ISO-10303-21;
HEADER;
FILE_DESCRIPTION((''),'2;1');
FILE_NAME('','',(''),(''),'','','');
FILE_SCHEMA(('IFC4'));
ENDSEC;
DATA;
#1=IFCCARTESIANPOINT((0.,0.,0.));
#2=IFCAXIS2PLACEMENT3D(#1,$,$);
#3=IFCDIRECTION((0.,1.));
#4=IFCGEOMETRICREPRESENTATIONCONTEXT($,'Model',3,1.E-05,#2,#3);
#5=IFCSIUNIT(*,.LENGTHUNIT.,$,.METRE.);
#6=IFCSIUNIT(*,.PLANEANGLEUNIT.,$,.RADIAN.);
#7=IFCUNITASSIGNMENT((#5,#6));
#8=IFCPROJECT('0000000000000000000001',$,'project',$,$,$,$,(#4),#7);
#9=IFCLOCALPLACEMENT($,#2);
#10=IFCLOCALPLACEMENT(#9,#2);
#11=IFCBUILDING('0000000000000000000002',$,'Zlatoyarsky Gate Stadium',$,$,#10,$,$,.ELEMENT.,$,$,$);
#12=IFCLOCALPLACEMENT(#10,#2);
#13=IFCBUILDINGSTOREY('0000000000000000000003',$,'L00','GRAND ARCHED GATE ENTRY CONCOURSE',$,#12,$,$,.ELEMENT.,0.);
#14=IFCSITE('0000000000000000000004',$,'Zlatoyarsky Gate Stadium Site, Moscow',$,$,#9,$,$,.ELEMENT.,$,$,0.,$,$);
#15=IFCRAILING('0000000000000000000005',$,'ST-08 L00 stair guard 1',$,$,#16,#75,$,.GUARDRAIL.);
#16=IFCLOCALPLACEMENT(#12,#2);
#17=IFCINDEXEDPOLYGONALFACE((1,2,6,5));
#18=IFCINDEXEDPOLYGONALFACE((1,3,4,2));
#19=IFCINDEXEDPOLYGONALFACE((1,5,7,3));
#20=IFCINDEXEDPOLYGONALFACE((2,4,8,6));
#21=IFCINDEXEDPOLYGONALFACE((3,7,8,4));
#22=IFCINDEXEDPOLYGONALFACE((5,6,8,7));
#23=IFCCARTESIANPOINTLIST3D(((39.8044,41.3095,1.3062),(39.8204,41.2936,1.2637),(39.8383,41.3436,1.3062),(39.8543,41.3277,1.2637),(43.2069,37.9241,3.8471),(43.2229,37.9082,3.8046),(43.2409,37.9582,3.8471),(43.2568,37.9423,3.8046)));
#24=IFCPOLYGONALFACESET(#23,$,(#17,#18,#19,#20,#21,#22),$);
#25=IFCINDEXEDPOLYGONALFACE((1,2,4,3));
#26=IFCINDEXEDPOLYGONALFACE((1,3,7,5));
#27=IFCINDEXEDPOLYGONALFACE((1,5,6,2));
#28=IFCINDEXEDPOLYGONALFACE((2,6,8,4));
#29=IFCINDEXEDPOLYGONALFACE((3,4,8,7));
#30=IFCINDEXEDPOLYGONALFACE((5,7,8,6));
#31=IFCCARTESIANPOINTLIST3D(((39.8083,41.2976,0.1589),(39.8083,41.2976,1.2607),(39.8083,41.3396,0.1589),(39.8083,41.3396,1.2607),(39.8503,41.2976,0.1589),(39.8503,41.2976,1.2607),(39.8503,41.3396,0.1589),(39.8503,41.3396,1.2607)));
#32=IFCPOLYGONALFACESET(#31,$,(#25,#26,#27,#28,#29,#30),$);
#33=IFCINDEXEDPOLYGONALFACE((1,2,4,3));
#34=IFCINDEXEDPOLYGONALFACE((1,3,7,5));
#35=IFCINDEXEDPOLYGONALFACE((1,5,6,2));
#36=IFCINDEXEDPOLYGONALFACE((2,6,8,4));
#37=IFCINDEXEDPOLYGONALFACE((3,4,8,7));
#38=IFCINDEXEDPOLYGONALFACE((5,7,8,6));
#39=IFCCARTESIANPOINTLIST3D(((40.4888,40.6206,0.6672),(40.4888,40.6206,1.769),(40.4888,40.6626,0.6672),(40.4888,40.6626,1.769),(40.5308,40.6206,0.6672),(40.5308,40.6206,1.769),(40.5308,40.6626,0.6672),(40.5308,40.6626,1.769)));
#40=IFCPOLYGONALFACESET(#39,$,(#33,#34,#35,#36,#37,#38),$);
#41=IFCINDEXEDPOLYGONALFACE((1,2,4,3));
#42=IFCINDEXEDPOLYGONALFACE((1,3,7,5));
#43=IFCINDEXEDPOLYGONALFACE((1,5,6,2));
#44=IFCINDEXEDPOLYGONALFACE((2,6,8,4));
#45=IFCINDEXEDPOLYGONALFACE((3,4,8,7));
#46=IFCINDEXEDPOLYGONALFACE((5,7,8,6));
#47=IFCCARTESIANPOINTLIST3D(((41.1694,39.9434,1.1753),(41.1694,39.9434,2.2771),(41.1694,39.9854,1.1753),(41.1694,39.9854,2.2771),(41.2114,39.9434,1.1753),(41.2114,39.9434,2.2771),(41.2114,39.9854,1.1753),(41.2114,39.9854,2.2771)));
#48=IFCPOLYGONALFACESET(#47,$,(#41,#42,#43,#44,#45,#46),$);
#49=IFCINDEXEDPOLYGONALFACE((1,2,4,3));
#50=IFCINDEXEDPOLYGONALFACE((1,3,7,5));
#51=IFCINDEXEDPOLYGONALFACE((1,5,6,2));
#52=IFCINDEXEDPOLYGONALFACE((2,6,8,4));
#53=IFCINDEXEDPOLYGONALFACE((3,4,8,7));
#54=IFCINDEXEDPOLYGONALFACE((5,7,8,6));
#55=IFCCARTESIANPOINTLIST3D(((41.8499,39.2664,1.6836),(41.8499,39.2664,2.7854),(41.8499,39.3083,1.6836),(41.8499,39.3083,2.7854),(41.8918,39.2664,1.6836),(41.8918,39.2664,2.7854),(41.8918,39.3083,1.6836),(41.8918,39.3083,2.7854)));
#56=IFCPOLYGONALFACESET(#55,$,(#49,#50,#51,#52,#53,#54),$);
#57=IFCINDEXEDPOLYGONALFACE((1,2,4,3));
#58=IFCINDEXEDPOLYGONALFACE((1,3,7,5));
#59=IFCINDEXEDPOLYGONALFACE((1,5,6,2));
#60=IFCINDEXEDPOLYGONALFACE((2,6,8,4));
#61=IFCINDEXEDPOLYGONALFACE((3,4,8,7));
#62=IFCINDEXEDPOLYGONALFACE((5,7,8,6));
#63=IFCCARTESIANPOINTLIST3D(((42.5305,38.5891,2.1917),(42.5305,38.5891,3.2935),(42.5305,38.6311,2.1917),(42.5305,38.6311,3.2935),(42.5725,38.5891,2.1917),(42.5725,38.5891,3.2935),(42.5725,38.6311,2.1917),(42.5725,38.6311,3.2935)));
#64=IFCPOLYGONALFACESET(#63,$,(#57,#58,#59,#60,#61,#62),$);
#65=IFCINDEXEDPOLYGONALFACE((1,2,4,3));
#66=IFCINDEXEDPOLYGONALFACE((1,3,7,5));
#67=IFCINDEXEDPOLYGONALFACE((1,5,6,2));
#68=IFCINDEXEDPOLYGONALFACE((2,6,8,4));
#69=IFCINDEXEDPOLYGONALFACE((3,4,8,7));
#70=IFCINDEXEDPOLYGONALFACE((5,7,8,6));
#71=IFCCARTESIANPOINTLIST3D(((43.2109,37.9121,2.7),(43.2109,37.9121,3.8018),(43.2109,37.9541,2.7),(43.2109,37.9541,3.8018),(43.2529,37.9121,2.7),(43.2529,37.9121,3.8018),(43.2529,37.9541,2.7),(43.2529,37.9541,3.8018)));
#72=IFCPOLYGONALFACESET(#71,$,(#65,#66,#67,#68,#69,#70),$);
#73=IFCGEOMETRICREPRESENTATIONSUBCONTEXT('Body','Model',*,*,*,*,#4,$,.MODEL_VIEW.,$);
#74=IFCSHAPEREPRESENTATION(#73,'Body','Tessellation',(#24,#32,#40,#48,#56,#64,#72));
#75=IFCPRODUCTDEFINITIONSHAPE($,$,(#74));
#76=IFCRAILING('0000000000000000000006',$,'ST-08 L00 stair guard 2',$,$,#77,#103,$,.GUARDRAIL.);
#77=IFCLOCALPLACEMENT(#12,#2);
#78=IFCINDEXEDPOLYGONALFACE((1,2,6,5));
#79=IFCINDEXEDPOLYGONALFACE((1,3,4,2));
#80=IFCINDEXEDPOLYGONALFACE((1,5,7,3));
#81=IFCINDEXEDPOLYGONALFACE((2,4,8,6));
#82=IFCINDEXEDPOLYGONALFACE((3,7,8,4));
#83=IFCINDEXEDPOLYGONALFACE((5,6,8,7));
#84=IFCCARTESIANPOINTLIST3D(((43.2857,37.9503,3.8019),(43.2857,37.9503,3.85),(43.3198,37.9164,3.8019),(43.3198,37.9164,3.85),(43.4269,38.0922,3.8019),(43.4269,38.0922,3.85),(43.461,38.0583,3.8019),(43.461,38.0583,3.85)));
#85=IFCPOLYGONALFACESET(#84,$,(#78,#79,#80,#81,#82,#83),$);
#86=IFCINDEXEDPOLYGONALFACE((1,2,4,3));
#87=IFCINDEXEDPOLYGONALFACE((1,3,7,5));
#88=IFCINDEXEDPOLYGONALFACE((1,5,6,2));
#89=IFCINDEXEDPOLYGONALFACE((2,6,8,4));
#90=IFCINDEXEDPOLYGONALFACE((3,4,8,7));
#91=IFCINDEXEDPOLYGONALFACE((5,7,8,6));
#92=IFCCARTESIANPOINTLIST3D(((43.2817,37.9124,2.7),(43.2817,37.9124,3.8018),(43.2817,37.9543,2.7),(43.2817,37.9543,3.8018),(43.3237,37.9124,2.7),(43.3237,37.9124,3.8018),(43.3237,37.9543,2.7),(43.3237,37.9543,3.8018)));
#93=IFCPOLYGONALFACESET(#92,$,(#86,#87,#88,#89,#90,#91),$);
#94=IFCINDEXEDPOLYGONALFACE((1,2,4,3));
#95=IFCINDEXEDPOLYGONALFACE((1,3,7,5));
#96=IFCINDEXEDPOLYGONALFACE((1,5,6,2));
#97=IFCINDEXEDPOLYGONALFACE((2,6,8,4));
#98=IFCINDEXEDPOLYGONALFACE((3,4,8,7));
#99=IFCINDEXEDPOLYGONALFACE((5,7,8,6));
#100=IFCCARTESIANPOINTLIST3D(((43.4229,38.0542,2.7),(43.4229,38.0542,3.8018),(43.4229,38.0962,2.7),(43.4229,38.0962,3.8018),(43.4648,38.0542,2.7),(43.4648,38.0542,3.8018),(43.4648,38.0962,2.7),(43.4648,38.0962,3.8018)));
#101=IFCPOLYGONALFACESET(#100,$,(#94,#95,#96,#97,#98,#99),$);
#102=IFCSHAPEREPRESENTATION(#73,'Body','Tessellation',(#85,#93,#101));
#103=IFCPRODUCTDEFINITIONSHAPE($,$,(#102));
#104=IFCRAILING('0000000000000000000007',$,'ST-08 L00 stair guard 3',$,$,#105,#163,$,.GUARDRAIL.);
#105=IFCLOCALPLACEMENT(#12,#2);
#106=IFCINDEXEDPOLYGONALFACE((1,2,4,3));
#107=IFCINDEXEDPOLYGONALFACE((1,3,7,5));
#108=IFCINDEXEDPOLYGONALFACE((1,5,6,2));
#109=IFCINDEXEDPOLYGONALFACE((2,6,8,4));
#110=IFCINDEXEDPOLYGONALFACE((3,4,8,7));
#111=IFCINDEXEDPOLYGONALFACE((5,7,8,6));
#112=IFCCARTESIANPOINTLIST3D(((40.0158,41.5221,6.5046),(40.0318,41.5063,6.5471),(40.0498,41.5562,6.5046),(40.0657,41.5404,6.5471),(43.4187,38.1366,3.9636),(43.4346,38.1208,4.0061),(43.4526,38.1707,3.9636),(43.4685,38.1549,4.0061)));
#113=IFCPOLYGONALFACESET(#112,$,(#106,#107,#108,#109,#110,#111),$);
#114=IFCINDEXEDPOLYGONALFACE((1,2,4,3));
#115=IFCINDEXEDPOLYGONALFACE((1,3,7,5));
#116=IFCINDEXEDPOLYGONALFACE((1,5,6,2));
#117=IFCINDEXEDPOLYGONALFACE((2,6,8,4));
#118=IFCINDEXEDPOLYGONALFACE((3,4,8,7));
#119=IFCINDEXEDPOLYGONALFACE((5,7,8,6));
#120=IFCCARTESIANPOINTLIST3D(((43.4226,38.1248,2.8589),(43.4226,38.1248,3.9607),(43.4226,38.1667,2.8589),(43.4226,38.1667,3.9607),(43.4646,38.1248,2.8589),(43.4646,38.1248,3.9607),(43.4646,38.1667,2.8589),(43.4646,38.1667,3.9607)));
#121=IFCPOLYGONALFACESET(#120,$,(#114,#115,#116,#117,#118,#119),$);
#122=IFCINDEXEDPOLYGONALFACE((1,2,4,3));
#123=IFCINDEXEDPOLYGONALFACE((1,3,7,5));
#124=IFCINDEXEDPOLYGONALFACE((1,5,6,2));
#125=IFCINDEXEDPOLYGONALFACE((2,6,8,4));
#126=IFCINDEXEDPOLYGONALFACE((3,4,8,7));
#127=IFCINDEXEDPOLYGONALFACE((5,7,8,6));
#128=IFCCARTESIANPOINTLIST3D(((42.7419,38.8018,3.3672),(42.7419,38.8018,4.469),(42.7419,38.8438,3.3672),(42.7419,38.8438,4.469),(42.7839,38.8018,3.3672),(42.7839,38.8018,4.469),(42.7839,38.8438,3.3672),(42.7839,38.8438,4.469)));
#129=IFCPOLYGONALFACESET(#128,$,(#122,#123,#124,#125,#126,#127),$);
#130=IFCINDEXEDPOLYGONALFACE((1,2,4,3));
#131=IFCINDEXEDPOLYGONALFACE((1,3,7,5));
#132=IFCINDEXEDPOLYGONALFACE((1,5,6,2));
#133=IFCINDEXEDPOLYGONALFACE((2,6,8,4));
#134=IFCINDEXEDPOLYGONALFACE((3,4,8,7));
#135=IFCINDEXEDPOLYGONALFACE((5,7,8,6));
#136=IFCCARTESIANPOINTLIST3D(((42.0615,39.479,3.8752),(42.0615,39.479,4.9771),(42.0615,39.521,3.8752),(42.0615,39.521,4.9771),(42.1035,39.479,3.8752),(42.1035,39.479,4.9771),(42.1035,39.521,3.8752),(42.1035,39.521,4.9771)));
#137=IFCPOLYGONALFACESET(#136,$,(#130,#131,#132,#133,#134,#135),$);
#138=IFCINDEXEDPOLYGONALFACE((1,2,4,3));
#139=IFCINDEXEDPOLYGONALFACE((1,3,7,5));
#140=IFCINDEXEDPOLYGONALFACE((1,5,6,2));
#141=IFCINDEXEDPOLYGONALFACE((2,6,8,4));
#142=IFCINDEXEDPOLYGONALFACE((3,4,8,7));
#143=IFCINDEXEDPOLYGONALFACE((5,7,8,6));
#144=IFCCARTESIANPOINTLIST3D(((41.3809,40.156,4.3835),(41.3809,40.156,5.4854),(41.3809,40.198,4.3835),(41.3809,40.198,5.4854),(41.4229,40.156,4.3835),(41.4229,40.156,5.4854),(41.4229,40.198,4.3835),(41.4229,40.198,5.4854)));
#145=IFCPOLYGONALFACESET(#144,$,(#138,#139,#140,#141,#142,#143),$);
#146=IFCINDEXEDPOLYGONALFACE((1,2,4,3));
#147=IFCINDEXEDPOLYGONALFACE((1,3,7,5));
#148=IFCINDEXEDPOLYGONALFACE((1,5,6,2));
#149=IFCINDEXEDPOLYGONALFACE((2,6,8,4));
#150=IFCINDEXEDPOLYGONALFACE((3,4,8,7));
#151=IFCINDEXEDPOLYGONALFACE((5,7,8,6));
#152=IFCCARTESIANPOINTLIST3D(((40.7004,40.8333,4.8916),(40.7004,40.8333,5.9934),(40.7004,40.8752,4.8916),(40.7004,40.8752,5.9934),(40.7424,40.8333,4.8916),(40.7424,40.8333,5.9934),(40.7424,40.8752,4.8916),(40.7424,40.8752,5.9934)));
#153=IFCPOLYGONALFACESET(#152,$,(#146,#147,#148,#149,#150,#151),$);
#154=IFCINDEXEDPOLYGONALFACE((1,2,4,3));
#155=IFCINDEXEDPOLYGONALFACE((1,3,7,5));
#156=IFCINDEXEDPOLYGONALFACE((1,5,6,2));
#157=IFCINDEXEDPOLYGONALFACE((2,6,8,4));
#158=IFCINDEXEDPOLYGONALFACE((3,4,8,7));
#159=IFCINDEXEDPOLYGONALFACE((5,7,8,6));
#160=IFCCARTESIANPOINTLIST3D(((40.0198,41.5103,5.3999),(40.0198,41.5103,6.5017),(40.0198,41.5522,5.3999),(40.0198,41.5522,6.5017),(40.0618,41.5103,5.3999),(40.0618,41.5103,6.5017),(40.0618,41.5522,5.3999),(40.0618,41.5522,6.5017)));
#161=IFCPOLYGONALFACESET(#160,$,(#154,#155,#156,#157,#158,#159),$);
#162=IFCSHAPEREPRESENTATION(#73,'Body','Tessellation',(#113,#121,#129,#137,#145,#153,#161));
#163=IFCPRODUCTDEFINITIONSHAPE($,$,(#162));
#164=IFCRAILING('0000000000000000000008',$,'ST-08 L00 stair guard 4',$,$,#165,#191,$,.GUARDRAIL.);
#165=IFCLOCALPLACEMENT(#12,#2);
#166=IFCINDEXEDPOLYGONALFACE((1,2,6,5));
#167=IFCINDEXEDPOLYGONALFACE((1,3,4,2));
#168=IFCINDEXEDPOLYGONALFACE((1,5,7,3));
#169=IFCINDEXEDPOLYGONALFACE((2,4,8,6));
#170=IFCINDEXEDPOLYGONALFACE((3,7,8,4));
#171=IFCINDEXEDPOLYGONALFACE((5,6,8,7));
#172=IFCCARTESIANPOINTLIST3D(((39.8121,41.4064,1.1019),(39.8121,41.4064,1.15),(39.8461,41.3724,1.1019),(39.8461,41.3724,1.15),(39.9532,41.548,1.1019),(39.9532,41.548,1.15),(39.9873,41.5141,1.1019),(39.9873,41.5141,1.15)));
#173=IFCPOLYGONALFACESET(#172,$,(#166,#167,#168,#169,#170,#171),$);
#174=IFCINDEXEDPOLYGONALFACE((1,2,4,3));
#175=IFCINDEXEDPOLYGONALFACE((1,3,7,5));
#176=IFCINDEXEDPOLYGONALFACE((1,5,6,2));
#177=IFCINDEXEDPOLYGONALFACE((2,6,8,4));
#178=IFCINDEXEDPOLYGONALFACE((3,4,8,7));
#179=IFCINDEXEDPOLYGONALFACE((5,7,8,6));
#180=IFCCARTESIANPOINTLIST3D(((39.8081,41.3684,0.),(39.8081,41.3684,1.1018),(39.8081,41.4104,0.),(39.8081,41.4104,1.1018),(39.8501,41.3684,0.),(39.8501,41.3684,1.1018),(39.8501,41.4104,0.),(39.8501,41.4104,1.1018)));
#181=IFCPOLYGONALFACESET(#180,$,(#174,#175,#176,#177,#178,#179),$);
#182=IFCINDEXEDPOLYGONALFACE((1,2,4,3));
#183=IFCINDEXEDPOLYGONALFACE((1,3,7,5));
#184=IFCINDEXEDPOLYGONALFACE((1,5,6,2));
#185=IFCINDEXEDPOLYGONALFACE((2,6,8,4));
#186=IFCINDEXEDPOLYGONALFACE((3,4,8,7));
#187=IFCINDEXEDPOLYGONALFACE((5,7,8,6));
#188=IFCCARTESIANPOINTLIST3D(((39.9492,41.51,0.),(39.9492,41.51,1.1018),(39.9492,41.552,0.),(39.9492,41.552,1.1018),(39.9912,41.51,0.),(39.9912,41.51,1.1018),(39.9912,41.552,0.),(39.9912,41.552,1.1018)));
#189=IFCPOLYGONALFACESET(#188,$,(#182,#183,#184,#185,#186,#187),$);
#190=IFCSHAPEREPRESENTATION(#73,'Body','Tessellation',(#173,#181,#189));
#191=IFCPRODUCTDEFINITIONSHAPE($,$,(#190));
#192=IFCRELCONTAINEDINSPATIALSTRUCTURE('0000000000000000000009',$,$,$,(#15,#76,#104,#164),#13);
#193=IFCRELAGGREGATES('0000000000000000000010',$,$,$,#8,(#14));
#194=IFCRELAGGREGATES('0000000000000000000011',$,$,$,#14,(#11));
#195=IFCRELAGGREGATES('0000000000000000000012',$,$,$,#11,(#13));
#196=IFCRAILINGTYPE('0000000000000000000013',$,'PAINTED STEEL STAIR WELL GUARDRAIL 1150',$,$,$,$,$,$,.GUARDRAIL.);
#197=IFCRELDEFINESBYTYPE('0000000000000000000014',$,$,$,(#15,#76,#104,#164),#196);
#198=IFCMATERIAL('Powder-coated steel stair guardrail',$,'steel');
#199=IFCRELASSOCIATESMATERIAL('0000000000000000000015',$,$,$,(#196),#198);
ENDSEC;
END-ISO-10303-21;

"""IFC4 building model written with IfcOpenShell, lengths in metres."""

from ifc_helpers import new_model, si_unit, direction, frame, origin, origin_2d, place, context, subcontext, project, spatial, rectangle, extrude, material, type_object, element, save


model = new_model("IFC4")

# Units and contexts
model_context = context("Model", 3, precision=1e-05, world=origin(), true_north=direction((0.0, 1.0)))
body_context = subcontext(model_context, "Body", "Model", "MODEL_VIEW")
ifc_project = project(units=[si_unit("LENGTHUNIT", "METRE"), si_unit("PLANEANGLEUNIT", "RADIAN")], contexts=[model_context])

# Site, building, storey
site_placement = place(None, origin())
site = spatial("IfcSite", under=ifc_project, at=site_placement, Name="Zlatoyarsky Gate Stadium Site, Moscow", CompositionType="ELEMENT", RefElevation=0.0)
building_placement = place(site_placement, origin())
building = spatial("IfcBuilding", under=site, at=building_placement, Name="Zlatoyarsky Gate Stadium", CompositionType="ELEMENT")
storey_placement = place(building_placement, origin())
storey = spatial("IfcBuildingStorey", under=building, at=storey_placement, Name="L00", Description="GRAND ARCHED GATE ENTRY CONCOURSE", CompositionType="ELEMENT", Elevation=0.0)

# Railings
ifc_material_1 = material(Name="Powder-coated steel stair guardrail", Category="steel")
railing_type_1 = type_object("IfcRailingType", Name="PAINTED STEEL STAIR WELL GUARDRAIL 1150", PredefinedType="GUARDRAIL", material=ifc_material_1)
railing_1_placement = place(storey_placement, frame((39.8293, 41.3186, 0.1589)))
element("IfcRailing", 1, at=railing_1_placement, inside=storey, type_object=railing_type_1, Name="ST-08 L00 stair guard 1", PredefinedType="GUARDRAIL", context=body_context, shape_type="SweptSolid", body=[
    extrude(rectangle(XDim=0.0481, YDim=0.0481, at=origin_2d()), frame((0.0, 0.0, 1.126), z_axis=(0.62651, -0.623363, 0.467871), x_axis=(0.705324, 0.708885, 0.0)), (0.0, 0.0, 1.0), 5.4309),
    extrude(rectangle(XDim=0.042, YDim=0.042, at=origin_2d()), origin(), (0.0, 0.0, 1.0), 1.1018),
    extrude(rectangle(XDim=0.042, YDim=0.042, at=origin_2d()), frame((0.6804, -0.677, 0.5083)), (0.0, 0.0, 1.0), 1.1018),
    extrude(rectangle(XDim=0.042, YDim=0.042, at=origin_2d()), frame((1.3611, -1.3542, 1.0164)), (0.0, 0.0, 1.0), 1.1018),
    extrude(rectangle(XDim=0.042, YDim=0.042, at=origin_2d()), frame((2.0415, -2.0312, 1.5247)), (0.0, 0.0, 1.0), 1.1018),
    extrude(rectangle(XDim=0.042, YDim=0.042, at=origin_2d()), frame((2.7222, -2.7085, 2.0327)), (0.0, 0.0, 1.0), 1.1018),
    extrude(rectangle(XDim=0.042, YDim=0.042, at=origin_2d()), frame((3.4026, -3.3855, 2.541)), (0.0, 0.0, 1.0), 1.1018),
])
railing_2_placement = place(storey_placement, frame((43.3027, 37.9333, 2.7)))
element("IfcRailing", 2, at=railing_2_placement, inside=storey, type_object=railing_type_1, Name="ST-08 L00 stair guard 2", PredefinedType="GUARDRAIL", context=body_context, shape_type="SweptSolid", body=[
    extrude(rectangle(XDim=0.0481, YDim=0.0481, at=origin_2d()), frame((0.0, 0.0, 1.126), z_axis=(0.705274, 0.708935, 0.0), x_axis=(-0.708935, 0.705274, 0.0)), (0.0, 0.0, 1.0), 0.2002),
    extrude(rectangle(XDim=0.042, YDim=0.042, at=origin_2d()), origin(), (0.0, 0.0, 1.0), 1.1018),
    extrude(rectangle(XDim=0.042, YDim=0.042, at=origin_2d()), frame((0.1411, 0.1418, 0.0)), (0.0, 0.0, 1.0), 1.1018),
])
railing_3_placement = place(storey_placement, frame((43.4436, 38.1458, 2.8589)))
element("IfcRailing", 3, at=railing_3_placement, inside=storey, type_object=railing_type_1, Name="ST-08 L00 stair guard 3", PredefinedType="GUARDRAIL", context=body_context, shape_type="SweptSolid", body=[
    extrude(rectangle(XDim=0.0481, YDim=0.0481, at=origin_2d()), frame((0.0, 0.0, 1.126), z_axis=(-0.626537, 0.623346, 0.467858), x_axis=(-0.705299, -0.70891, 0.0)), (0.0, 0.0, 1.0), 5.4312),
    extrude(rectangle(XDim=0.042, YDim=0.042, at=origin_2d()), origin(), (0.0, 0.0, 1.0), 1.1018),
    extrude(rectangle(XDim=0.042, YDim=0.042, at=origin_2d()), frame((-0.6807, 0.677, 0.5083)), (0.0, 0.0, 1.0), 1.1018),
    extrude(rectangle(XDim=0.042, YDim=0.042, at=origin_2d()), frame((-1.3611, 1.3542, 1.0164)), (0.0, 0.0, 1.0), 1.1018),
    extrude(rectangle(XDim=0.042, YDim=0.042, at=origin_2d()), frame((-2.0417, 2.0312, 1.5247)), (0.0, 0.0, 1.0), 1.1018),
    extrude(rectangle(XDim=0.042, YDim=0.042, at=origin_2d()), frame((-2.7222, 2.7085, 2.0327)), (0.0, 0.0, 1.0), 1.1018),
    extrude(rectangle(XDim=0.042, YDim=0.042, at=origin_2d()), frame((-3.4028, 3.3855, 2.541)), (0.0, 0.0, 1.0), 1.1018),
])
railing_4_placement = place(storey_placement, frame((39.8291, 41.3894, 0.0)))
element("IfcRailing", 4, at=railing_4_placement, inside=storey, type_object=railing_type_1, Name="ST-08 L00 stair guard 4", PredefinedType="GUARDRAIL", context=body_context, shape_type="SweptSolid", body=[
    extrude(rectangle(XDim=0.0481, YDim=0.0481, at=origin_2d()), frame((0.0, 0.0, 1.126), z_axis=(0.705884, 0.708327, 0.0), x_axis=(-0.708327, 0.705884, 0.0)), (0.0, 0.0, 1.0), 0.2),
    extrude(rectangle(XDim=0.042, YDim=0.042, at=origin_2d()), origin(), (0.0, 0.0, 1.0), 1.1018),
    extrude(rectangle(XDim=0.042, YDim=0.042, at=origin_2d()), frame((0.1411, 0.1416, 0.0)), (0.0, 0.0, 1.0), 1.1018),
])

save(model, "model.ifc")
